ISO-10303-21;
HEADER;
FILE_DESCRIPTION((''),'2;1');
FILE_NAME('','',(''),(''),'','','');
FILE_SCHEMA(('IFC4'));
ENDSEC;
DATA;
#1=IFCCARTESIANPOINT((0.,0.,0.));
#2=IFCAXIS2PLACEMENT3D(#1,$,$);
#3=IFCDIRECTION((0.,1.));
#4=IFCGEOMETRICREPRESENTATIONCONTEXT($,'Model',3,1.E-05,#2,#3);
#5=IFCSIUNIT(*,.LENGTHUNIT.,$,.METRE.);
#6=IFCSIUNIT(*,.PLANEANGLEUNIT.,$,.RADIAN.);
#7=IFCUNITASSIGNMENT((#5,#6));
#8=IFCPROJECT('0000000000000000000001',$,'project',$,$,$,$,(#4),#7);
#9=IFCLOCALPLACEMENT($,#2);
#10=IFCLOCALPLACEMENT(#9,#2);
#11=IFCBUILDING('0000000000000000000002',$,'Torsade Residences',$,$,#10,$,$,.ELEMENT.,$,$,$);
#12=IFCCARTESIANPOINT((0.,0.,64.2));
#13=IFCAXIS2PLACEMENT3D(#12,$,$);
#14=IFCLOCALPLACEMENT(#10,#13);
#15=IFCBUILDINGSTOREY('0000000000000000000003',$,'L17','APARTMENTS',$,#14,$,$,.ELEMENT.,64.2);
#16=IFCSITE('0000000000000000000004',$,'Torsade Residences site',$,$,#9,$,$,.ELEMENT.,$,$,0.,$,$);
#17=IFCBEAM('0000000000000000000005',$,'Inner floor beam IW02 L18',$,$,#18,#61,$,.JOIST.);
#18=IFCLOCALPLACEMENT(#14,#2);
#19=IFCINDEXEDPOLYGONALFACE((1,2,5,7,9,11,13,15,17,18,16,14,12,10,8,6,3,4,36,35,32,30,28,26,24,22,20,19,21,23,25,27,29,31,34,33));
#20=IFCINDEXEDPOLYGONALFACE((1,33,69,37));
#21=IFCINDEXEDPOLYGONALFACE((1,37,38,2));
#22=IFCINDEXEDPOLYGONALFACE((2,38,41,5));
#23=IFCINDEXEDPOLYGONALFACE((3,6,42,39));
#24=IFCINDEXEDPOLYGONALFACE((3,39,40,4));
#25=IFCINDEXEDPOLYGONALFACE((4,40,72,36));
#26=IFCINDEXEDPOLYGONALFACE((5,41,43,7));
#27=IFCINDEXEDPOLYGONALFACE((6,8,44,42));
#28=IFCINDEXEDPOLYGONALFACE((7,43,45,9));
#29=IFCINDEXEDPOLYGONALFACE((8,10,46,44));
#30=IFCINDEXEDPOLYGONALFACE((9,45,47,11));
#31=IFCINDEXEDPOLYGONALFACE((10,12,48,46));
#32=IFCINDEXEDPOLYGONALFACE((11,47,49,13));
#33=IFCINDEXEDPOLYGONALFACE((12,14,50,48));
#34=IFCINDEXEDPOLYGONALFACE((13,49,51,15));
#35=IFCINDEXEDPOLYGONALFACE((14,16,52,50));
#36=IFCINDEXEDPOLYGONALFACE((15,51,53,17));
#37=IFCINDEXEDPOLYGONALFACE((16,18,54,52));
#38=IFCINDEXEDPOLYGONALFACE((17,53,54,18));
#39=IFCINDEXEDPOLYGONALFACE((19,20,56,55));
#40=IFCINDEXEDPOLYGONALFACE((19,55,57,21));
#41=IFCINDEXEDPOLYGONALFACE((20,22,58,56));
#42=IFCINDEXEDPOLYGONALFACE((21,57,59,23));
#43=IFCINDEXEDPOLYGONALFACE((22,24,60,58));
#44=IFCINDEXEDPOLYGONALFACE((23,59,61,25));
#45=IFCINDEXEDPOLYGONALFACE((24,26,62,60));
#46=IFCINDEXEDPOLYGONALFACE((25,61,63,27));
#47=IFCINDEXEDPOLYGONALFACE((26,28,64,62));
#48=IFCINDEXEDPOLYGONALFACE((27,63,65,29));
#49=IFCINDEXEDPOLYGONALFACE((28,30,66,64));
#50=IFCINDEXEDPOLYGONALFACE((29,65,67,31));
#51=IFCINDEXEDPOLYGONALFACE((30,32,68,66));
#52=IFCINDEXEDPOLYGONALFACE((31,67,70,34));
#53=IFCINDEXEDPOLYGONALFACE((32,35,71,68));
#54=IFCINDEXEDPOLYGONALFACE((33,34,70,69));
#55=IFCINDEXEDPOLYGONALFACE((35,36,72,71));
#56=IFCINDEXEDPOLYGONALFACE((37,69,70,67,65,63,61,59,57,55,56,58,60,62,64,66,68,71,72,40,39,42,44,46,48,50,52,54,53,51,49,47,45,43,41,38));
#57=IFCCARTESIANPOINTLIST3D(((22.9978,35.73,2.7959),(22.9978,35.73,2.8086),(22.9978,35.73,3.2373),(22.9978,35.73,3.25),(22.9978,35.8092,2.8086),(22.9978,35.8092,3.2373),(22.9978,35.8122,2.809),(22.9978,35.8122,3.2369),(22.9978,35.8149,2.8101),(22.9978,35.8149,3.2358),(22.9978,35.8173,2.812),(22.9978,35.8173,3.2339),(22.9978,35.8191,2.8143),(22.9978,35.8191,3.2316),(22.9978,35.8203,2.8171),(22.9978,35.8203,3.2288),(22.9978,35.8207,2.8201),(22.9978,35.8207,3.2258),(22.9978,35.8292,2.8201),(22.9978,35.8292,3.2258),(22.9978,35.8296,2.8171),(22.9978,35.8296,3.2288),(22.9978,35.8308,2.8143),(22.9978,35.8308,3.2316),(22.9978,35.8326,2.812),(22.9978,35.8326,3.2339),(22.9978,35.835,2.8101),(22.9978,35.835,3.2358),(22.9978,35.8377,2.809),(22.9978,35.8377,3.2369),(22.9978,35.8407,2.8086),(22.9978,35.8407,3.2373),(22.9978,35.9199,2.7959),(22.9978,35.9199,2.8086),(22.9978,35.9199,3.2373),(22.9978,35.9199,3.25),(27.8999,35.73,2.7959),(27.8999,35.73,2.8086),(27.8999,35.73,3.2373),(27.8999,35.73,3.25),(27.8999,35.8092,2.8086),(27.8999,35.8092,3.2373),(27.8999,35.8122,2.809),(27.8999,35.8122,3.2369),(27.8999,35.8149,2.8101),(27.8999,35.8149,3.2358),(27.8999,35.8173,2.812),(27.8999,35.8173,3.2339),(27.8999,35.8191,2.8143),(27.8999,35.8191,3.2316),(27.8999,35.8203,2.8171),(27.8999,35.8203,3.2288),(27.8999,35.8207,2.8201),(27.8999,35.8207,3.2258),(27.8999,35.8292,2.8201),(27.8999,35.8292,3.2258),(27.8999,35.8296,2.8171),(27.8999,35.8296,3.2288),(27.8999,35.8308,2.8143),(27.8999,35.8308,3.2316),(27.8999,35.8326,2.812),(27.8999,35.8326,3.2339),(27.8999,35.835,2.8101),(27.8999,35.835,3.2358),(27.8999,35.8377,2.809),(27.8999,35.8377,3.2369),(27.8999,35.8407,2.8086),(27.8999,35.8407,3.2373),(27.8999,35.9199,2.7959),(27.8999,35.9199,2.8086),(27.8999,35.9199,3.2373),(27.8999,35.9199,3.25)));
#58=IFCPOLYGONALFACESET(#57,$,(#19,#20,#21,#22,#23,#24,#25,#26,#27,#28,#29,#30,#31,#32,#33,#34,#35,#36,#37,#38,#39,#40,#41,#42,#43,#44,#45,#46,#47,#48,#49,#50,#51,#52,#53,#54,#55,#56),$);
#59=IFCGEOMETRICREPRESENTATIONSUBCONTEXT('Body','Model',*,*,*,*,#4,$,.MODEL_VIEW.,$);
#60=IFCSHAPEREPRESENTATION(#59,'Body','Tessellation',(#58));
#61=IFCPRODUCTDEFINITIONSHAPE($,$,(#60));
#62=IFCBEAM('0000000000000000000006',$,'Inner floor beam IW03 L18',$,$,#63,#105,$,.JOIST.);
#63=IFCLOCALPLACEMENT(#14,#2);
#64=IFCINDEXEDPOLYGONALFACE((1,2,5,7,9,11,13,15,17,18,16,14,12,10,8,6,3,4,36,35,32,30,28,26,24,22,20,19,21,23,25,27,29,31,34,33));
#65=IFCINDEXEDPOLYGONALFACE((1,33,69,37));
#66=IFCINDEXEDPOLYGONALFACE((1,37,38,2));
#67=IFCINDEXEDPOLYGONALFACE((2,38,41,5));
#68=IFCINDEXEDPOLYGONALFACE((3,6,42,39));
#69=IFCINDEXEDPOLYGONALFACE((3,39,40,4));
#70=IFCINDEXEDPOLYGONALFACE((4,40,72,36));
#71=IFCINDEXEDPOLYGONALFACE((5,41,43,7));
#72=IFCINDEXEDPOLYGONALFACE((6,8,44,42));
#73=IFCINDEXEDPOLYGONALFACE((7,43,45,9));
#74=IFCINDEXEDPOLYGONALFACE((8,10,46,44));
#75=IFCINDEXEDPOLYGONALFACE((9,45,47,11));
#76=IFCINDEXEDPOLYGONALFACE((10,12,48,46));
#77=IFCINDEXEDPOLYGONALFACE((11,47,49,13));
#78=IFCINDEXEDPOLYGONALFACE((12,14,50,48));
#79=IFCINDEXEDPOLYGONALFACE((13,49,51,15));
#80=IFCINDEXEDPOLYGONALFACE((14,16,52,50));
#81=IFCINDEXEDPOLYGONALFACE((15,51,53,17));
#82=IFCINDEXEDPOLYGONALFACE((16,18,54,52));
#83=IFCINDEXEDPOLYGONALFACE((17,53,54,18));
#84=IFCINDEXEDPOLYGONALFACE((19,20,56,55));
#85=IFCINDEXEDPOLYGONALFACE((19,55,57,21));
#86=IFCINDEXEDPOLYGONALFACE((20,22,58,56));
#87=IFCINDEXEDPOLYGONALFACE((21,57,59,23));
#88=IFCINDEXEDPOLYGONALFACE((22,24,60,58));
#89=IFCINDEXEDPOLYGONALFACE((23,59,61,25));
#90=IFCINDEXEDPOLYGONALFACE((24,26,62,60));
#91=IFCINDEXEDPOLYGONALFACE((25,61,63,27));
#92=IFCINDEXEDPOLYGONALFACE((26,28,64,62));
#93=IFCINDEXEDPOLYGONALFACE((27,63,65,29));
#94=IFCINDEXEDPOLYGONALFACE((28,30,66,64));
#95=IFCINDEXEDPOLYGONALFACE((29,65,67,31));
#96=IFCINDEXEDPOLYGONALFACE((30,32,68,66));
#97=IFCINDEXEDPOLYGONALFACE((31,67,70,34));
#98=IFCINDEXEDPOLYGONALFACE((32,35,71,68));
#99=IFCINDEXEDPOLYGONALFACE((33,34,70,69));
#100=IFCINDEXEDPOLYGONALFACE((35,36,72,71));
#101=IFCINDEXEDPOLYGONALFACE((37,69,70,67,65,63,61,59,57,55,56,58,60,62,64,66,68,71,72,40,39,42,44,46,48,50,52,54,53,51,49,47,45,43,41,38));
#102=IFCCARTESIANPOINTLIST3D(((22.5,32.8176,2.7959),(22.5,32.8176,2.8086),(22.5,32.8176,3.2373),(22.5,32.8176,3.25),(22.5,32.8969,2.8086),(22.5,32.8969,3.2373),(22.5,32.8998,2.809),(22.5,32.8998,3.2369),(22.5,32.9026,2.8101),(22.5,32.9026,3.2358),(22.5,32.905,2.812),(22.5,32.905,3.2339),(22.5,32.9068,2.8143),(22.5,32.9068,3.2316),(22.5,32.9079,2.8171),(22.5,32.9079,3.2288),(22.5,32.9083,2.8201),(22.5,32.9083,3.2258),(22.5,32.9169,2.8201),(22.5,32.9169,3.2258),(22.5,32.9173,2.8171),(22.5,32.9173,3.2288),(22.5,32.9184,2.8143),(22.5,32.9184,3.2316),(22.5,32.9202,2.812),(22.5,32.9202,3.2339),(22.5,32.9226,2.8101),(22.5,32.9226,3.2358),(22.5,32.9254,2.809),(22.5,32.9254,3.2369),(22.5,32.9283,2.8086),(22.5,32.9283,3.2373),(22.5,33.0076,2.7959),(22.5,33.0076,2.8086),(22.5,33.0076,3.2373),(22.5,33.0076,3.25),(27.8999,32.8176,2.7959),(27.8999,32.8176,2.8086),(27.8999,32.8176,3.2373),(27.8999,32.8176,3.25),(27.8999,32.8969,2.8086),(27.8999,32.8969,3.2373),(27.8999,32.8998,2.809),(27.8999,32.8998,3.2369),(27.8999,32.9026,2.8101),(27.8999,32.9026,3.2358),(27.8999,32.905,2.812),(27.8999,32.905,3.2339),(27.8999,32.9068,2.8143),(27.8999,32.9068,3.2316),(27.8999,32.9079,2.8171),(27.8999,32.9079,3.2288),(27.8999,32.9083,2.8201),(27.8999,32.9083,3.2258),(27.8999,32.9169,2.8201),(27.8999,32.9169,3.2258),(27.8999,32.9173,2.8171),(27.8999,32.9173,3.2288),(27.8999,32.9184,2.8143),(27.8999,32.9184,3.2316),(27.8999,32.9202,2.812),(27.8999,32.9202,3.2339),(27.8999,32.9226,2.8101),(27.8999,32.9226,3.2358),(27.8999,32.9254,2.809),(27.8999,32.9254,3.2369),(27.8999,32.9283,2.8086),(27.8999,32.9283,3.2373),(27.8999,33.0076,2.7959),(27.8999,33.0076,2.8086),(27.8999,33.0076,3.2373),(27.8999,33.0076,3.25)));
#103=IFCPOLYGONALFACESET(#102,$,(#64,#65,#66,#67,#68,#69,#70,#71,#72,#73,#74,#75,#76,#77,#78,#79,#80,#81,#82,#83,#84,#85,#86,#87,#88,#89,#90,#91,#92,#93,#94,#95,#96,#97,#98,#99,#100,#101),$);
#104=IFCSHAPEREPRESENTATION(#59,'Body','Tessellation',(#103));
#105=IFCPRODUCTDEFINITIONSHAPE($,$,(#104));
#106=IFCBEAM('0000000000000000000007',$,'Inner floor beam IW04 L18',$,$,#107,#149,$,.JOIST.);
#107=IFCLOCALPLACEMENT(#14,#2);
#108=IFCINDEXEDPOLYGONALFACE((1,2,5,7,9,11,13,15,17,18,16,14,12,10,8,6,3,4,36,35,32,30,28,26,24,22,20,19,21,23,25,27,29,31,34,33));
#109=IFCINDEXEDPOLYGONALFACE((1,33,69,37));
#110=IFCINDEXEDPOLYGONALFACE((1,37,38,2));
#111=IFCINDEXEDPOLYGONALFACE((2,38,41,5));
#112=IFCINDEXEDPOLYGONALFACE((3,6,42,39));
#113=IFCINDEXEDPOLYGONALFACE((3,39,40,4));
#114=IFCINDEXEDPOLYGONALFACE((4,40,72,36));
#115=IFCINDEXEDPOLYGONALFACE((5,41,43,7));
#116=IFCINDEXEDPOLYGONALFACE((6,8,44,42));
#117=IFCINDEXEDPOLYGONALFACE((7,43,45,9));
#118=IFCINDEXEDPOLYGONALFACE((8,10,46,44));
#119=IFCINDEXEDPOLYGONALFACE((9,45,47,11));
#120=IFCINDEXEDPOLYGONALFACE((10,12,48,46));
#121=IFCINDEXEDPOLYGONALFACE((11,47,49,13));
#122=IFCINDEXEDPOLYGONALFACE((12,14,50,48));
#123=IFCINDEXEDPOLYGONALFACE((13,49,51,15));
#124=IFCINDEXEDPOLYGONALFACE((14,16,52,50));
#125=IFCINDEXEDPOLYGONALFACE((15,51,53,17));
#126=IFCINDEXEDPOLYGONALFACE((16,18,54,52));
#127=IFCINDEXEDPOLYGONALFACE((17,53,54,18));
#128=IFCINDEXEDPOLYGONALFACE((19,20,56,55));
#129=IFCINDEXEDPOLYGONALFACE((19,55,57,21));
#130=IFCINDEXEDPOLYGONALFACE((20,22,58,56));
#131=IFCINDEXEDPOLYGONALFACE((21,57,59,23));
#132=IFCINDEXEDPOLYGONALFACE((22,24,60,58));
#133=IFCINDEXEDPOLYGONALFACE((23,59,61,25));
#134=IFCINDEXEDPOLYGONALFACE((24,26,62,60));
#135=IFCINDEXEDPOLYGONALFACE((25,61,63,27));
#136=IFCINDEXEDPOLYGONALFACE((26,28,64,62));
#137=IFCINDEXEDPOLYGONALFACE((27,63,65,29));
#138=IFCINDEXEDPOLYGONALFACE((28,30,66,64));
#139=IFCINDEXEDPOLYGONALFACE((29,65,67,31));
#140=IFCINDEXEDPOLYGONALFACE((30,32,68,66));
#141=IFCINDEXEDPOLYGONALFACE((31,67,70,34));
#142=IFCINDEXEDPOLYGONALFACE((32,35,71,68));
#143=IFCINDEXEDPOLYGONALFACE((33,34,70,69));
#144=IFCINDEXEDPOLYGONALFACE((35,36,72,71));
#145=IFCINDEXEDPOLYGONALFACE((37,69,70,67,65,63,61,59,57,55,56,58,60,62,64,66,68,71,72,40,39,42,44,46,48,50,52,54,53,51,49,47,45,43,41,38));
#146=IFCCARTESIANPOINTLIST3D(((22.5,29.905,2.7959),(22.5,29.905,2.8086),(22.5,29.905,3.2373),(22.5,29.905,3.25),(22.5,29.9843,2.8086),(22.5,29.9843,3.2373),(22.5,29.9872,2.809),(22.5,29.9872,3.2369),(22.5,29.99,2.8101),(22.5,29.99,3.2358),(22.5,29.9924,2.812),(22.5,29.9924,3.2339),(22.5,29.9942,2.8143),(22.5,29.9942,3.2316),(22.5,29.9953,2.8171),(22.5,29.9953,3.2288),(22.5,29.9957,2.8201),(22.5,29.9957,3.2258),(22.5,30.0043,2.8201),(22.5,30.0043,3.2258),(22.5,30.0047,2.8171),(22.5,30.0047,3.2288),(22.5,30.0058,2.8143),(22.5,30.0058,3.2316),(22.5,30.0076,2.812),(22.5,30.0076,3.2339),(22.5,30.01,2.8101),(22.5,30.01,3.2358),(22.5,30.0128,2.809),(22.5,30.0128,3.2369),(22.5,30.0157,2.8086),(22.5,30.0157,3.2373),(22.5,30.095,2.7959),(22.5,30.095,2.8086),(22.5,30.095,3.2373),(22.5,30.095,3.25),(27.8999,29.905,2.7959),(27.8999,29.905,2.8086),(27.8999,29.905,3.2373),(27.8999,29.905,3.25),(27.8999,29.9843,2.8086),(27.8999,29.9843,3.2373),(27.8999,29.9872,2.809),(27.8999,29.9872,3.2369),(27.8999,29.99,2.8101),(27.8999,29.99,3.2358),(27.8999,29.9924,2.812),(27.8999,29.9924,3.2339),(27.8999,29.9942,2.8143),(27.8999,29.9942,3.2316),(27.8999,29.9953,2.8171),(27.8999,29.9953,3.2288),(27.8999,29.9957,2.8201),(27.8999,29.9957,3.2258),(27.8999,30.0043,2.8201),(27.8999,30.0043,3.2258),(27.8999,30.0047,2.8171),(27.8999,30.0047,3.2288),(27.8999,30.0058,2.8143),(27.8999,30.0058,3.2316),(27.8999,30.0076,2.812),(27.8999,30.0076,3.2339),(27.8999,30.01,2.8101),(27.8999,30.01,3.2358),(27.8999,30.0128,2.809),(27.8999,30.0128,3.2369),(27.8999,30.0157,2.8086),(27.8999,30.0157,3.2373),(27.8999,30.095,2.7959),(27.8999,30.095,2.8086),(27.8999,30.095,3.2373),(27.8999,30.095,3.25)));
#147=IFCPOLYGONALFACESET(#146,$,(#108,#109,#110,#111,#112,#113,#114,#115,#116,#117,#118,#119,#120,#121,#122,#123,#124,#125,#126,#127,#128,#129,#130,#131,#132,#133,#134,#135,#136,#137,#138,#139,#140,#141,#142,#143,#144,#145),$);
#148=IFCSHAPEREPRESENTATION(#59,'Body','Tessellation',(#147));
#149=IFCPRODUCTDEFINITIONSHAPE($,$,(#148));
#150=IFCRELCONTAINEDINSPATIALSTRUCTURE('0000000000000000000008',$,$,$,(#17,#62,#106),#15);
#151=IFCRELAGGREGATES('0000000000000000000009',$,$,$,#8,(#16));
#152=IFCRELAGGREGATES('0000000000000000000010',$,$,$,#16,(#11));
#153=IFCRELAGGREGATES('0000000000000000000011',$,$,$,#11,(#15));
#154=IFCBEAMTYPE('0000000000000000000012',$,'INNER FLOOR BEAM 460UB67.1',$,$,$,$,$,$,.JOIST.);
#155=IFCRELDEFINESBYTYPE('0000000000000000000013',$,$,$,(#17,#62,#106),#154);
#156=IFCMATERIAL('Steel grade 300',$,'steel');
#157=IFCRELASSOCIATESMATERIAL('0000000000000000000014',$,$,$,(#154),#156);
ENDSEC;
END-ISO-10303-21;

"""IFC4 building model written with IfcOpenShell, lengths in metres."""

from ifc_helpers import new_model, si_unit, direction, frame, origin, origin_2d, place, context, subcontext, project, spatial, i_section, extrude, material, material_profile, profile_set, type_object, element, save


model = new_model("IFC4")

# Units and contexts
model_context = context("Model", 3, precision=1e-05, world=origin(), true_north=direction((0.0, 1.0)))
body_context = subcontext(model_context, "Body", "Model", "MODEL_VIEW")
ifc_project = project(units=[si_unit("LENGTHUNIT", "METRE"), si_unit("PLANEANGLEUNIT", "RADIAN")], contexts=[model_context])

# Site, building, storey
site_placement = place(None, origin())
site = spatial("IfcSite", under=ifc_project, at=site_placement, Name="Torsade Residences site", CompositionType="ELEMENT", RefElevation=0.0)
building_placement = place(site_placement, origin())
building = spatial("IfcBuilding", under=site, at=building_placement, Name="Torsade Residences", CompositionType="ELEMENT")
storey_placement = place(building_placement, frame((0.0, 0.0, 64.2)))
storey = spatial("IfcBuildingStorey", under=building, at=storey_placement, Name="L17", Description="APARTMENTS", CompositionType="ELEMENT", Elevation=64.2)

# Beams
ifc_material_1 = material(Name="Steel grade 300", Category="steel")
ifc_material_profile = material_profile(ifc_material_1, i_section(OverallWidth=0.1899, OverallDepth=0.4541, WebThickness=0.0085, FlangeThickness=0.0127, FilletRadius=0.0115, at=origin_2d()), Name="460UB67.1")
ifc_profile_set = profile_set([ifc_material_profile], Name="Steel grade 300")
beam_type = type_object("IfcBeamType", Name="INNER FLOOR BEAM 460UB67.1", PredefinedType="JOIST", material=ifc_profile_set)
beam_placement = place(storey_placement, frame((27.8999, 35.825, 3.0229), z_axis=(-1.0, 0.0, 0.0), x_axis=(0.0, -1.0, 0.0)))
element("IfcBeam", 1, at=beam_placement, inside=storey, type_object=beam_type, Name="Inner floor beam IW02 L18", PredefinedType="JOIST", context=body_context, shape_type="SweptSolid", body=[
    extrude(i_section(OverallWidth=0.1899, OverallDepth=0.4541, WebThickness=0.0085, FlangeThickness=0.0127, FilletRadius=0.0115, at=origin_2d()), origin(), (0.0, 0.0, 1.0), 4.9021),
])
for number, where, z_axis, x_axis, name in (
    (2, (27.8999, 32.9126, 3.0229), (-1.0, 0.0, 0.0), (0.0, -1.0, 0.0), "Inner floor beam IW03 L18"),
    (3, (27.8999, 30.0, 3.0229), (-1.0, 0.0, 0.0), (0.0, -1.0, 0.0), "Inner floor beam IW04 L18"),
):
    element("IfcBeam", number, at=place(storey_placement, frame(where, z_axis=z_axis, x_axis=x_axis)), inside=storey, type_object=beam_type, Name=name, PredefinedType="JOIST", context=body_context, shape_type="SweptSolid", body=[
        extrude(i_section(OverallWidth=0.1899, OverallDepth=0.4541, WebThickness=0.0085, FlangeThickness=0.0127, FilletRadius=0.0115, at=origin_2d()), origin(), (0.0, 0.0, 1.0), 5.3999),
    ])

save(model, "model.ifc")
